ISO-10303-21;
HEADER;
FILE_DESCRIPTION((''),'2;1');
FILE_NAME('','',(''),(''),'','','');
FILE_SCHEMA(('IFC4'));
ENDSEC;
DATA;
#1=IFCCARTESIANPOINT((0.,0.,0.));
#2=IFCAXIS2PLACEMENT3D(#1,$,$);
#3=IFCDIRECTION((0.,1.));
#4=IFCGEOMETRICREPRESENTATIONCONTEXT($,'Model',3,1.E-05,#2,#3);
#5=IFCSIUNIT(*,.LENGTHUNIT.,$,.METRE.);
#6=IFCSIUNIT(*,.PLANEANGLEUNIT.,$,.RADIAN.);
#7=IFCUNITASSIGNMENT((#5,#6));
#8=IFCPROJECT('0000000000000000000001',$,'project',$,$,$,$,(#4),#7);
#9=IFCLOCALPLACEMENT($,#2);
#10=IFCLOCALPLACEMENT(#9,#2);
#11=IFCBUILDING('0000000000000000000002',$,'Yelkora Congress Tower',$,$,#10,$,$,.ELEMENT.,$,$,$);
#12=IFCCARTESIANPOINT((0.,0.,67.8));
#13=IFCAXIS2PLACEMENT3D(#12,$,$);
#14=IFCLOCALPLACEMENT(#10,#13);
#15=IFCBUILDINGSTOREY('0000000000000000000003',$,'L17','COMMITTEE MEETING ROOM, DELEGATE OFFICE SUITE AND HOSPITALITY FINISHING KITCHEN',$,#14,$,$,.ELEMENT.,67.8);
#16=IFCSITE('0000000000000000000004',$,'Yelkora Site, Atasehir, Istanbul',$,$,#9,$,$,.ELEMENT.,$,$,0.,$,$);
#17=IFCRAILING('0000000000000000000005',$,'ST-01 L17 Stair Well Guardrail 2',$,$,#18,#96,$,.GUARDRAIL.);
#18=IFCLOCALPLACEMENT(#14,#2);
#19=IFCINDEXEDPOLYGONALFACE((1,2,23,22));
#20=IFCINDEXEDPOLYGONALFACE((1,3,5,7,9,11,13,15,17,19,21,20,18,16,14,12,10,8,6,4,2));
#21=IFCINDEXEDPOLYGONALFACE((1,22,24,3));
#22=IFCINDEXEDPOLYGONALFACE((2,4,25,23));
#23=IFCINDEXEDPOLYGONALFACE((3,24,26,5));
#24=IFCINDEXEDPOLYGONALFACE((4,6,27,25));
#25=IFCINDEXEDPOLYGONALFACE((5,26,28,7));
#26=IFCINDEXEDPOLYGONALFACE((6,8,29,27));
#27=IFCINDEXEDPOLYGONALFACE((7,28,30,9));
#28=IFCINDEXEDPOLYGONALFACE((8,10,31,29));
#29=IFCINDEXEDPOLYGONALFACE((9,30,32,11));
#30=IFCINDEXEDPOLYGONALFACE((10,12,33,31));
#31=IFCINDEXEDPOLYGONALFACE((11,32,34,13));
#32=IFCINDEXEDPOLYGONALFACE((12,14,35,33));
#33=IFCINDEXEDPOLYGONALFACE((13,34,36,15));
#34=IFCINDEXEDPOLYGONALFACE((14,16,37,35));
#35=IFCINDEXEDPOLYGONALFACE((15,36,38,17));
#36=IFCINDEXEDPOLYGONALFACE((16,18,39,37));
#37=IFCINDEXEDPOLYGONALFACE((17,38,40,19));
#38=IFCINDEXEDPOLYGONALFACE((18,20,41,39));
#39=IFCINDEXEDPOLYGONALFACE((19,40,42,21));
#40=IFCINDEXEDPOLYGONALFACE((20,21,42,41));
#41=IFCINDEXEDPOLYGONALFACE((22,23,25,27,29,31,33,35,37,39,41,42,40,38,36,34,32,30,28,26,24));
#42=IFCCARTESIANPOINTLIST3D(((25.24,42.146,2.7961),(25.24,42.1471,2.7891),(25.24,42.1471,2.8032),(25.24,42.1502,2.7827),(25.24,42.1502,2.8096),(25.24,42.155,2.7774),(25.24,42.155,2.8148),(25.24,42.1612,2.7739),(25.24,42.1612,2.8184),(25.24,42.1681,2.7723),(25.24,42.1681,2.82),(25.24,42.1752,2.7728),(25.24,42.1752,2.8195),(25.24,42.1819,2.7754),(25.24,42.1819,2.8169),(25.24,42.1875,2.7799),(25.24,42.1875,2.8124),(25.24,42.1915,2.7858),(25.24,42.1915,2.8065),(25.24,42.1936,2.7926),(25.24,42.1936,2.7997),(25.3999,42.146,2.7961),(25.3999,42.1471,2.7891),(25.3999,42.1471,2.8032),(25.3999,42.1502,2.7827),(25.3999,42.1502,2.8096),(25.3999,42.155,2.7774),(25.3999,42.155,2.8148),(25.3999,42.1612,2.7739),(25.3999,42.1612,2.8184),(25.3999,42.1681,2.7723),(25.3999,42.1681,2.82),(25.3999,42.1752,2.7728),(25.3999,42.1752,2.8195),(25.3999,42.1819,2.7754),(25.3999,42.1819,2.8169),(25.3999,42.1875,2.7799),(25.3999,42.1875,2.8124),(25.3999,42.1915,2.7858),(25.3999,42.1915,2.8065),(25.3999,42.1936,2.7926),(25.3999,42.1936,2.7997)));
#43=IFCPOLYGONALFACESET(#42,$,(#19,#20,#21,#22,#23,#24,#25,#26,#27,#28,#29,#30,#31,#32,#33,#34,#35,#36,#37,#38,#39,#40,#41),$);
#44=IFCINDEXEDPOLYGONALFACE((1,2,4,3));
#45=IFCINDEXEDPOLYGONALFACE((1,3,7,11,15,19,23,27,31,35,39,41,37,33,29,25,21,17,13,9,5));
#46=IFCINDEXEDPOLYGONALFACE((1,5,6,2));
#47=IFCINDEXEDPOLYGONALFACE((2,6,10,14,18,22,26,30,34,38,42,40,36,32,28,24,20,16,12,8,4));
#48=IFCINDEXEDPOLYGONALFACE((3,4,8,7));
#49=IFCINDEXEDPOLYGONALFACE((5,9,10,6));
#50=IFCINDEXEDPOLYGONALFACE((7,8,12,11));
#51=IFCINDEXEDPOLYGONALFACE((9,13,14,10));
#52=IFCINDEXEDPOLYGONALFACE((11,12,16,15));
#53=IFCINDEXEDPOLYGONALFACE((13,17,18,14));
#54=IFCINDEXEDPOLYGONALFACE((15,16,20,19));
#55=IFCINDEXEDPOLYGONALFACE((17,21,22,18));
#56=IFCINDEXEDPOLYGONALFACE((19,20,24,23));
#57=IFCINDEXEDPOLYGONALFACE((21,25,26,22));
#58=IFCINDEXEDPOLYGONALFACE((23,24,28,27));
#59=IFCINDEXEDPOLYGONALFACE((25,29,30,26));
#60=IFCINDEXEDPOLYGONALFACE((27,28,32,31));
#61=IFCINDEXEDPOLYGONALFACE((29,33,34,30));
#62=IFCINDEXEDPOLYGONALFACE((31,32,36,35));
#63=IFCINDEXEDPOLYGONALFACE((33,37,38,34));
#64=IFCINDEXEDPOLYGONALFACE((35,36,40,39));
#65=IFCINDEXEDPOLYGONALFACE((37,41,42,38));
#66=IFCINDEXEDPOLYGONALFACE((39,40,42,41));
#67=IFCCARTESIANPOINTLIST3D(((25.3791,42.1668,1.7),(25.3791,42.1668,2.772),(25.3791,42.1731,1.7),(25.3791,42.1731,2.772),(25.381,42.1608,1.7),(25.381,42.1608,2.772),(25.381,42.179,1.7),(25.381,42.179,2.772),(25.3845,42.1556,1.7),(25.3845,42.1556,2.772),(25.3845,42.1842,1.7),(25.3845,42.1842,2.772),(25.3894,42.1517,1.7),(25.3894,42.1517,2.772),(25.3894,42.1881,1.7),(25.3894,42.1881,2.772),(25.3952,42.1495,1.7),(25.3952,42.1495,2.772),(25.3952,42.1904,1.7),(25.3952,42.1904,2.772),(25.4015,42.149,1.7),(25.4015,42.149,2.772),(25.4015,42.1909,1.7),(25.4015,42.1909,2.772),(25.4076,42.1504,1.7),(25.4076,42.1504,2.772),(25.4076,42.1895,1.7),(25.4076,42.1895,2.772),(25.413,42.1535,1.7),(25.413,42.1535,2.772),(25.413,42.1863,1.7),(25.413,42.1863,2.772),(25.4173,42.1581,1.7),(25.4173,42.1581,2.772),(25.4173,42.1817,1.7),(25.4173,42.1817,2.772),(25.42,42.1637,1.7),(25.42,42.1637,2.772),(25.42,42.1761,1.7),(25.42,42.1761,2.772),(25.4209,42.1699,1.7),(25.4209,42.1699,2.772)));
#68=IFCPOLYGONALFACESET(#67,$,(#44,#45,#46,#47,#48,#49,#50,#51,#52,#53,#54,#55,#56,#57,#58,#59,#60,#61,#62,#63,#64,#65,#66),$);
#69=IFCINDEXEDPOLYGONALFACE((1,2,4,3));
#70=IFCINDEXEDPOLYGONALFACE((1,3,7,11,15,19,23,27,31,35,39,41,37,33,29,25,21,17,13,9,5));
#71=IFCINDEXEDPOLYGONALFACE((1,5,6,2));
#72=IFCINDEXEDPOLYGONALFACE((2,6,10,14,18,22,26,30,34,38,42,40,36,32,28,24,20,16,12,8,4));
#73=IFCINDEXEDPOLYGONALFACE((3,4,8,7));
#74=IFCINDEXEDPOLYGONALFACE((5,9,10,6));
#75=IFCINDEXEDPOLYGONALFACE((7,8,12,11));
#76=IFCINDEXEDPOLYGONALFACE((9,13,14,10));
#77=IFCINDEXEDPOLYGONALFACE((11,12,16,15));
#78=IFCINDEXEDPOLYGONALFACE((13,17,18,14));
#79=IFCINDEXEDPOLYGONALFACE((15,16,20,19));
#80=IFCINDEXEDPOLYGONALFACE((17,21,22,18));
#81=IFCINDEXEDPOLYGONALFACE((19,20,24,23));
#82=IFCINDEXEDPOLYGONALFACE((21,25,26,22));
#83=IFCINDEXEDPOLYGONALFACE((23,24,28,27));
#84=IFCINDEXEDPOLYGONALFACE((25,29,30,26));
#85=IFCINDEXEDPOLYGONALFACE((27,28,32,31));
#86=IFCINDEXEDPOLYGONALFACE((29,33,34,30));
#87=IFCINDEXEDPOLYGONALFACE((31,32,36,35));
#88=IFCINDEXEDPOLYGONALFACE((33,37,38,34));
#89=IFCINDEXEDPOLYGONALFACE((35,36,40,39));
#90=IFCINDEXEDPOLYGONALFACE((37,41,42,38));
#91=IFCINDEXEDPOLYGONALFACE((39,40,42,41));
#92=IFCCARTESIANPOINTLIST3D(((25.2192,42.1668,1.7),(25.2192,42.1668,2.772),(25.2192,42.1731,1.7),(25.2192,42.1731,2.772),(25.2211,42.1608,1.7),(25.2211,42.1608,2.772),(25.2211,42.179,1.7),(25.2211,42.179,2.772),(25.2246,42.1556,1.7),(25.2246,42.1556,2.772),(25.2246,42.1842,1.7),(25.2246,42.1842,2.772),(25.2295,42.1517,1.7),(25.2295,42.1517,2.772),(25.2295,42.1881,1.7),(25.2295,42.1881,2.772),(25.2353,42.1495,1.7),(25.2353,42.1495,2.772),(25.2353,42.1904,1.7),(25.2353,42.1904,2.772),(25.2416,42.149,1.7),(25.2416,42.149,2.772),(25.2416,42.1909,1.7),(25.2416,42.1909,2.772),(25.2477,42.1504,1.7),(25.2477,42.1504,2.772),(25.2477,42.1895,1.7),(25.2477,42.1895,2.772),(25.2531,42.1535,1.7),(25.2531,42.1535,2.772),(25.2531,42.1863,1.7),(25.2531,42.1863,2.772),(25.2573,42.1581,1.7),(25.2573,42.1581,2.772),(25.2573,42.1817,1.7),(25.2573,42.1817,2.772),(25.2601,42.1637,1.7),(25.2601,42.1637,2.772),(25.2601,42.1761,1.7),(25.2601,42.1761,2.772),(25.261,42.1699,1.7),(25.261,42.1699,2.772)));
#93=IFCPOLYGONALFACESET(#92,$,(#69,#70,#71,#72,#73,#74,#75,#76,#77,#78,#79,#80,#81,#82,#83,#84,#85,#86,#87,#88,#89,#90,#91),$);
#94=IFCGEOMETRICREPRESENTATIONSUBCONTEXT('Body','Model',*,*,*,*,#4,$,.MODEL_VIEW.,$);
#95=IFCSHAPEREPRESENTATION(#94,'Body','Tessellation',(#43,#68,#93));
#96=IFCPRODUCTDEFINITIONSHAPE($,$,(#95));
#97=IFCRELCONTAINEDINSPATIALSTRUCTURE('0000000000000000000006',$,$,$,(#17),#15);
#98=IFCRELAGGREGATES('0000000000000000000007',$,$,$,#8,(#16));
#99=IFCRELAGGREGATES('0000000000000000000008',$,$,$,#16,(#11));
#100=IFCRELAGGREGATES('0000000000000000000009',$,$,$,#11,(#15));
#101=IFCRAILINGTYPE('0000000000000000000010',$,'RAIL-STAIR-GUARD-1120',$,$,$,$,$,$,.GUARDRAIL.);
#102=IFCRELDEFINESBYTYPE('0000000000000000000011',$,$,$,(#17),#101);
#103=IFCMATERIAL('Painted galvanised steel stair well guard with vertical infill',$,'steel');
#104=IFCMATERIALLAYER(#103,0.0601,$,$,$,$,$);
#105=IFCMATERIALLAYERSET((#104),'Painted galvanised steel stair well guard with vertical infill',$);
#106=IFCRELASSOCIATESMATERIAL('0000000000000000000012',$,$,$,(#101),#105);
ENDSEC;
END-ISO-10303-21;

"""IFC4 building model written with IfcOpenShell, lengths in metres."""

from ifc_helpers import new_model, si_unit, direction, frame, origin, origin_2d, place, context, subcontext, project, spatial, circle, extrude, material, layer, layer_set, type_object, element, save


model = new_model("IFC4")

# Units and contexts
model_context = context("Model", 3, precision=1e-05, world=origin(), true_north=direction((0.0, 1.0)))
body_context = subcontext(model_context, "Body", "Model", "MODEL_VIEW")
ifc_project = project(units=[si_unit("LENGTHUNIT", "METRE"), si_unit("PLANEANGLEUNIT", "RADIAN")], contexts=[model_context])

# Site, building, storey
site_placement = place(None, origin())
site = spatial("IfcSite", under=ifc_project, at=site_placement, Name="Yelkora Site, Atasehir, Istanbul", CompositionType="ELEMENT", RefElevation=0.0)
building_placement = place(site_placement, origin())
building = spatial("IfcBuilding", under=site, at=building_placement, Name="Yelkora Congress Tower", CompositionType="ELEMENT")
storey_placement = place(building_placement, frame((0.0, 0.0, 67.8)))
storey = spatial("IfcBuildingStorey", under=building, at=storey_placement, Name="L17", Description="COMMITTEE MEETING ROOM, DELEGATE OFFICE SUITE AND HOSPITALITY FINISHING KITCHEN", CompositionType="ELEMENT", Elevation=67.8)

# Railing
ifc_material_1 = material(Name="Painted galvanised steel stair well guard with vertical infill", Category="steel")
ifc_layer_1 = layer(ifc_material_1, 0.0601)
ifc_layer_set_1 = layer_set([ifc_layer_1], Name="Painted galvanised steel stair well guard with vertical infill")
railing_type_1 = type_object("IfcRailingType", Name="RAIL-STAIR-GUARD-1120", PredefinedType="GUARDRAIL", material=ifc_layer_set_1)
railing_1_placement = place(storey_placement, frame((25.3999, 42.1699, 1.7)))
element("IfcRailing", 1, at=railing_1_placement, inside=storey, type_object=railing_type_1, Name="ST-01 L17 Stair Well Guardrail 2", PredefinedType="GUARDRAIL", context=body_context, shape_type="SweptSolid", body=[
    extrude(circle(Radius=0.0239, at=origin_2d()), frame((0.0, 0.0, 1.0962), z_axis=(-1.0, 0.0, 0.0), x_axis=(0.0, -1.0, 0.0)), (0.0, 0.0, 1.0), 0.1599),
    extrude(circle(Radius=0.021, at=origin_2d()), origin(), (0.0, 0.0, 1.0), 1.072),
    extrude(circle(Radius=0.021, at=origin_2d()), frame((-0.1599, 0.0, 0.0)), (0.0, 0.0, 1.0), 1.072),
])

save(model, "model.ifc")
